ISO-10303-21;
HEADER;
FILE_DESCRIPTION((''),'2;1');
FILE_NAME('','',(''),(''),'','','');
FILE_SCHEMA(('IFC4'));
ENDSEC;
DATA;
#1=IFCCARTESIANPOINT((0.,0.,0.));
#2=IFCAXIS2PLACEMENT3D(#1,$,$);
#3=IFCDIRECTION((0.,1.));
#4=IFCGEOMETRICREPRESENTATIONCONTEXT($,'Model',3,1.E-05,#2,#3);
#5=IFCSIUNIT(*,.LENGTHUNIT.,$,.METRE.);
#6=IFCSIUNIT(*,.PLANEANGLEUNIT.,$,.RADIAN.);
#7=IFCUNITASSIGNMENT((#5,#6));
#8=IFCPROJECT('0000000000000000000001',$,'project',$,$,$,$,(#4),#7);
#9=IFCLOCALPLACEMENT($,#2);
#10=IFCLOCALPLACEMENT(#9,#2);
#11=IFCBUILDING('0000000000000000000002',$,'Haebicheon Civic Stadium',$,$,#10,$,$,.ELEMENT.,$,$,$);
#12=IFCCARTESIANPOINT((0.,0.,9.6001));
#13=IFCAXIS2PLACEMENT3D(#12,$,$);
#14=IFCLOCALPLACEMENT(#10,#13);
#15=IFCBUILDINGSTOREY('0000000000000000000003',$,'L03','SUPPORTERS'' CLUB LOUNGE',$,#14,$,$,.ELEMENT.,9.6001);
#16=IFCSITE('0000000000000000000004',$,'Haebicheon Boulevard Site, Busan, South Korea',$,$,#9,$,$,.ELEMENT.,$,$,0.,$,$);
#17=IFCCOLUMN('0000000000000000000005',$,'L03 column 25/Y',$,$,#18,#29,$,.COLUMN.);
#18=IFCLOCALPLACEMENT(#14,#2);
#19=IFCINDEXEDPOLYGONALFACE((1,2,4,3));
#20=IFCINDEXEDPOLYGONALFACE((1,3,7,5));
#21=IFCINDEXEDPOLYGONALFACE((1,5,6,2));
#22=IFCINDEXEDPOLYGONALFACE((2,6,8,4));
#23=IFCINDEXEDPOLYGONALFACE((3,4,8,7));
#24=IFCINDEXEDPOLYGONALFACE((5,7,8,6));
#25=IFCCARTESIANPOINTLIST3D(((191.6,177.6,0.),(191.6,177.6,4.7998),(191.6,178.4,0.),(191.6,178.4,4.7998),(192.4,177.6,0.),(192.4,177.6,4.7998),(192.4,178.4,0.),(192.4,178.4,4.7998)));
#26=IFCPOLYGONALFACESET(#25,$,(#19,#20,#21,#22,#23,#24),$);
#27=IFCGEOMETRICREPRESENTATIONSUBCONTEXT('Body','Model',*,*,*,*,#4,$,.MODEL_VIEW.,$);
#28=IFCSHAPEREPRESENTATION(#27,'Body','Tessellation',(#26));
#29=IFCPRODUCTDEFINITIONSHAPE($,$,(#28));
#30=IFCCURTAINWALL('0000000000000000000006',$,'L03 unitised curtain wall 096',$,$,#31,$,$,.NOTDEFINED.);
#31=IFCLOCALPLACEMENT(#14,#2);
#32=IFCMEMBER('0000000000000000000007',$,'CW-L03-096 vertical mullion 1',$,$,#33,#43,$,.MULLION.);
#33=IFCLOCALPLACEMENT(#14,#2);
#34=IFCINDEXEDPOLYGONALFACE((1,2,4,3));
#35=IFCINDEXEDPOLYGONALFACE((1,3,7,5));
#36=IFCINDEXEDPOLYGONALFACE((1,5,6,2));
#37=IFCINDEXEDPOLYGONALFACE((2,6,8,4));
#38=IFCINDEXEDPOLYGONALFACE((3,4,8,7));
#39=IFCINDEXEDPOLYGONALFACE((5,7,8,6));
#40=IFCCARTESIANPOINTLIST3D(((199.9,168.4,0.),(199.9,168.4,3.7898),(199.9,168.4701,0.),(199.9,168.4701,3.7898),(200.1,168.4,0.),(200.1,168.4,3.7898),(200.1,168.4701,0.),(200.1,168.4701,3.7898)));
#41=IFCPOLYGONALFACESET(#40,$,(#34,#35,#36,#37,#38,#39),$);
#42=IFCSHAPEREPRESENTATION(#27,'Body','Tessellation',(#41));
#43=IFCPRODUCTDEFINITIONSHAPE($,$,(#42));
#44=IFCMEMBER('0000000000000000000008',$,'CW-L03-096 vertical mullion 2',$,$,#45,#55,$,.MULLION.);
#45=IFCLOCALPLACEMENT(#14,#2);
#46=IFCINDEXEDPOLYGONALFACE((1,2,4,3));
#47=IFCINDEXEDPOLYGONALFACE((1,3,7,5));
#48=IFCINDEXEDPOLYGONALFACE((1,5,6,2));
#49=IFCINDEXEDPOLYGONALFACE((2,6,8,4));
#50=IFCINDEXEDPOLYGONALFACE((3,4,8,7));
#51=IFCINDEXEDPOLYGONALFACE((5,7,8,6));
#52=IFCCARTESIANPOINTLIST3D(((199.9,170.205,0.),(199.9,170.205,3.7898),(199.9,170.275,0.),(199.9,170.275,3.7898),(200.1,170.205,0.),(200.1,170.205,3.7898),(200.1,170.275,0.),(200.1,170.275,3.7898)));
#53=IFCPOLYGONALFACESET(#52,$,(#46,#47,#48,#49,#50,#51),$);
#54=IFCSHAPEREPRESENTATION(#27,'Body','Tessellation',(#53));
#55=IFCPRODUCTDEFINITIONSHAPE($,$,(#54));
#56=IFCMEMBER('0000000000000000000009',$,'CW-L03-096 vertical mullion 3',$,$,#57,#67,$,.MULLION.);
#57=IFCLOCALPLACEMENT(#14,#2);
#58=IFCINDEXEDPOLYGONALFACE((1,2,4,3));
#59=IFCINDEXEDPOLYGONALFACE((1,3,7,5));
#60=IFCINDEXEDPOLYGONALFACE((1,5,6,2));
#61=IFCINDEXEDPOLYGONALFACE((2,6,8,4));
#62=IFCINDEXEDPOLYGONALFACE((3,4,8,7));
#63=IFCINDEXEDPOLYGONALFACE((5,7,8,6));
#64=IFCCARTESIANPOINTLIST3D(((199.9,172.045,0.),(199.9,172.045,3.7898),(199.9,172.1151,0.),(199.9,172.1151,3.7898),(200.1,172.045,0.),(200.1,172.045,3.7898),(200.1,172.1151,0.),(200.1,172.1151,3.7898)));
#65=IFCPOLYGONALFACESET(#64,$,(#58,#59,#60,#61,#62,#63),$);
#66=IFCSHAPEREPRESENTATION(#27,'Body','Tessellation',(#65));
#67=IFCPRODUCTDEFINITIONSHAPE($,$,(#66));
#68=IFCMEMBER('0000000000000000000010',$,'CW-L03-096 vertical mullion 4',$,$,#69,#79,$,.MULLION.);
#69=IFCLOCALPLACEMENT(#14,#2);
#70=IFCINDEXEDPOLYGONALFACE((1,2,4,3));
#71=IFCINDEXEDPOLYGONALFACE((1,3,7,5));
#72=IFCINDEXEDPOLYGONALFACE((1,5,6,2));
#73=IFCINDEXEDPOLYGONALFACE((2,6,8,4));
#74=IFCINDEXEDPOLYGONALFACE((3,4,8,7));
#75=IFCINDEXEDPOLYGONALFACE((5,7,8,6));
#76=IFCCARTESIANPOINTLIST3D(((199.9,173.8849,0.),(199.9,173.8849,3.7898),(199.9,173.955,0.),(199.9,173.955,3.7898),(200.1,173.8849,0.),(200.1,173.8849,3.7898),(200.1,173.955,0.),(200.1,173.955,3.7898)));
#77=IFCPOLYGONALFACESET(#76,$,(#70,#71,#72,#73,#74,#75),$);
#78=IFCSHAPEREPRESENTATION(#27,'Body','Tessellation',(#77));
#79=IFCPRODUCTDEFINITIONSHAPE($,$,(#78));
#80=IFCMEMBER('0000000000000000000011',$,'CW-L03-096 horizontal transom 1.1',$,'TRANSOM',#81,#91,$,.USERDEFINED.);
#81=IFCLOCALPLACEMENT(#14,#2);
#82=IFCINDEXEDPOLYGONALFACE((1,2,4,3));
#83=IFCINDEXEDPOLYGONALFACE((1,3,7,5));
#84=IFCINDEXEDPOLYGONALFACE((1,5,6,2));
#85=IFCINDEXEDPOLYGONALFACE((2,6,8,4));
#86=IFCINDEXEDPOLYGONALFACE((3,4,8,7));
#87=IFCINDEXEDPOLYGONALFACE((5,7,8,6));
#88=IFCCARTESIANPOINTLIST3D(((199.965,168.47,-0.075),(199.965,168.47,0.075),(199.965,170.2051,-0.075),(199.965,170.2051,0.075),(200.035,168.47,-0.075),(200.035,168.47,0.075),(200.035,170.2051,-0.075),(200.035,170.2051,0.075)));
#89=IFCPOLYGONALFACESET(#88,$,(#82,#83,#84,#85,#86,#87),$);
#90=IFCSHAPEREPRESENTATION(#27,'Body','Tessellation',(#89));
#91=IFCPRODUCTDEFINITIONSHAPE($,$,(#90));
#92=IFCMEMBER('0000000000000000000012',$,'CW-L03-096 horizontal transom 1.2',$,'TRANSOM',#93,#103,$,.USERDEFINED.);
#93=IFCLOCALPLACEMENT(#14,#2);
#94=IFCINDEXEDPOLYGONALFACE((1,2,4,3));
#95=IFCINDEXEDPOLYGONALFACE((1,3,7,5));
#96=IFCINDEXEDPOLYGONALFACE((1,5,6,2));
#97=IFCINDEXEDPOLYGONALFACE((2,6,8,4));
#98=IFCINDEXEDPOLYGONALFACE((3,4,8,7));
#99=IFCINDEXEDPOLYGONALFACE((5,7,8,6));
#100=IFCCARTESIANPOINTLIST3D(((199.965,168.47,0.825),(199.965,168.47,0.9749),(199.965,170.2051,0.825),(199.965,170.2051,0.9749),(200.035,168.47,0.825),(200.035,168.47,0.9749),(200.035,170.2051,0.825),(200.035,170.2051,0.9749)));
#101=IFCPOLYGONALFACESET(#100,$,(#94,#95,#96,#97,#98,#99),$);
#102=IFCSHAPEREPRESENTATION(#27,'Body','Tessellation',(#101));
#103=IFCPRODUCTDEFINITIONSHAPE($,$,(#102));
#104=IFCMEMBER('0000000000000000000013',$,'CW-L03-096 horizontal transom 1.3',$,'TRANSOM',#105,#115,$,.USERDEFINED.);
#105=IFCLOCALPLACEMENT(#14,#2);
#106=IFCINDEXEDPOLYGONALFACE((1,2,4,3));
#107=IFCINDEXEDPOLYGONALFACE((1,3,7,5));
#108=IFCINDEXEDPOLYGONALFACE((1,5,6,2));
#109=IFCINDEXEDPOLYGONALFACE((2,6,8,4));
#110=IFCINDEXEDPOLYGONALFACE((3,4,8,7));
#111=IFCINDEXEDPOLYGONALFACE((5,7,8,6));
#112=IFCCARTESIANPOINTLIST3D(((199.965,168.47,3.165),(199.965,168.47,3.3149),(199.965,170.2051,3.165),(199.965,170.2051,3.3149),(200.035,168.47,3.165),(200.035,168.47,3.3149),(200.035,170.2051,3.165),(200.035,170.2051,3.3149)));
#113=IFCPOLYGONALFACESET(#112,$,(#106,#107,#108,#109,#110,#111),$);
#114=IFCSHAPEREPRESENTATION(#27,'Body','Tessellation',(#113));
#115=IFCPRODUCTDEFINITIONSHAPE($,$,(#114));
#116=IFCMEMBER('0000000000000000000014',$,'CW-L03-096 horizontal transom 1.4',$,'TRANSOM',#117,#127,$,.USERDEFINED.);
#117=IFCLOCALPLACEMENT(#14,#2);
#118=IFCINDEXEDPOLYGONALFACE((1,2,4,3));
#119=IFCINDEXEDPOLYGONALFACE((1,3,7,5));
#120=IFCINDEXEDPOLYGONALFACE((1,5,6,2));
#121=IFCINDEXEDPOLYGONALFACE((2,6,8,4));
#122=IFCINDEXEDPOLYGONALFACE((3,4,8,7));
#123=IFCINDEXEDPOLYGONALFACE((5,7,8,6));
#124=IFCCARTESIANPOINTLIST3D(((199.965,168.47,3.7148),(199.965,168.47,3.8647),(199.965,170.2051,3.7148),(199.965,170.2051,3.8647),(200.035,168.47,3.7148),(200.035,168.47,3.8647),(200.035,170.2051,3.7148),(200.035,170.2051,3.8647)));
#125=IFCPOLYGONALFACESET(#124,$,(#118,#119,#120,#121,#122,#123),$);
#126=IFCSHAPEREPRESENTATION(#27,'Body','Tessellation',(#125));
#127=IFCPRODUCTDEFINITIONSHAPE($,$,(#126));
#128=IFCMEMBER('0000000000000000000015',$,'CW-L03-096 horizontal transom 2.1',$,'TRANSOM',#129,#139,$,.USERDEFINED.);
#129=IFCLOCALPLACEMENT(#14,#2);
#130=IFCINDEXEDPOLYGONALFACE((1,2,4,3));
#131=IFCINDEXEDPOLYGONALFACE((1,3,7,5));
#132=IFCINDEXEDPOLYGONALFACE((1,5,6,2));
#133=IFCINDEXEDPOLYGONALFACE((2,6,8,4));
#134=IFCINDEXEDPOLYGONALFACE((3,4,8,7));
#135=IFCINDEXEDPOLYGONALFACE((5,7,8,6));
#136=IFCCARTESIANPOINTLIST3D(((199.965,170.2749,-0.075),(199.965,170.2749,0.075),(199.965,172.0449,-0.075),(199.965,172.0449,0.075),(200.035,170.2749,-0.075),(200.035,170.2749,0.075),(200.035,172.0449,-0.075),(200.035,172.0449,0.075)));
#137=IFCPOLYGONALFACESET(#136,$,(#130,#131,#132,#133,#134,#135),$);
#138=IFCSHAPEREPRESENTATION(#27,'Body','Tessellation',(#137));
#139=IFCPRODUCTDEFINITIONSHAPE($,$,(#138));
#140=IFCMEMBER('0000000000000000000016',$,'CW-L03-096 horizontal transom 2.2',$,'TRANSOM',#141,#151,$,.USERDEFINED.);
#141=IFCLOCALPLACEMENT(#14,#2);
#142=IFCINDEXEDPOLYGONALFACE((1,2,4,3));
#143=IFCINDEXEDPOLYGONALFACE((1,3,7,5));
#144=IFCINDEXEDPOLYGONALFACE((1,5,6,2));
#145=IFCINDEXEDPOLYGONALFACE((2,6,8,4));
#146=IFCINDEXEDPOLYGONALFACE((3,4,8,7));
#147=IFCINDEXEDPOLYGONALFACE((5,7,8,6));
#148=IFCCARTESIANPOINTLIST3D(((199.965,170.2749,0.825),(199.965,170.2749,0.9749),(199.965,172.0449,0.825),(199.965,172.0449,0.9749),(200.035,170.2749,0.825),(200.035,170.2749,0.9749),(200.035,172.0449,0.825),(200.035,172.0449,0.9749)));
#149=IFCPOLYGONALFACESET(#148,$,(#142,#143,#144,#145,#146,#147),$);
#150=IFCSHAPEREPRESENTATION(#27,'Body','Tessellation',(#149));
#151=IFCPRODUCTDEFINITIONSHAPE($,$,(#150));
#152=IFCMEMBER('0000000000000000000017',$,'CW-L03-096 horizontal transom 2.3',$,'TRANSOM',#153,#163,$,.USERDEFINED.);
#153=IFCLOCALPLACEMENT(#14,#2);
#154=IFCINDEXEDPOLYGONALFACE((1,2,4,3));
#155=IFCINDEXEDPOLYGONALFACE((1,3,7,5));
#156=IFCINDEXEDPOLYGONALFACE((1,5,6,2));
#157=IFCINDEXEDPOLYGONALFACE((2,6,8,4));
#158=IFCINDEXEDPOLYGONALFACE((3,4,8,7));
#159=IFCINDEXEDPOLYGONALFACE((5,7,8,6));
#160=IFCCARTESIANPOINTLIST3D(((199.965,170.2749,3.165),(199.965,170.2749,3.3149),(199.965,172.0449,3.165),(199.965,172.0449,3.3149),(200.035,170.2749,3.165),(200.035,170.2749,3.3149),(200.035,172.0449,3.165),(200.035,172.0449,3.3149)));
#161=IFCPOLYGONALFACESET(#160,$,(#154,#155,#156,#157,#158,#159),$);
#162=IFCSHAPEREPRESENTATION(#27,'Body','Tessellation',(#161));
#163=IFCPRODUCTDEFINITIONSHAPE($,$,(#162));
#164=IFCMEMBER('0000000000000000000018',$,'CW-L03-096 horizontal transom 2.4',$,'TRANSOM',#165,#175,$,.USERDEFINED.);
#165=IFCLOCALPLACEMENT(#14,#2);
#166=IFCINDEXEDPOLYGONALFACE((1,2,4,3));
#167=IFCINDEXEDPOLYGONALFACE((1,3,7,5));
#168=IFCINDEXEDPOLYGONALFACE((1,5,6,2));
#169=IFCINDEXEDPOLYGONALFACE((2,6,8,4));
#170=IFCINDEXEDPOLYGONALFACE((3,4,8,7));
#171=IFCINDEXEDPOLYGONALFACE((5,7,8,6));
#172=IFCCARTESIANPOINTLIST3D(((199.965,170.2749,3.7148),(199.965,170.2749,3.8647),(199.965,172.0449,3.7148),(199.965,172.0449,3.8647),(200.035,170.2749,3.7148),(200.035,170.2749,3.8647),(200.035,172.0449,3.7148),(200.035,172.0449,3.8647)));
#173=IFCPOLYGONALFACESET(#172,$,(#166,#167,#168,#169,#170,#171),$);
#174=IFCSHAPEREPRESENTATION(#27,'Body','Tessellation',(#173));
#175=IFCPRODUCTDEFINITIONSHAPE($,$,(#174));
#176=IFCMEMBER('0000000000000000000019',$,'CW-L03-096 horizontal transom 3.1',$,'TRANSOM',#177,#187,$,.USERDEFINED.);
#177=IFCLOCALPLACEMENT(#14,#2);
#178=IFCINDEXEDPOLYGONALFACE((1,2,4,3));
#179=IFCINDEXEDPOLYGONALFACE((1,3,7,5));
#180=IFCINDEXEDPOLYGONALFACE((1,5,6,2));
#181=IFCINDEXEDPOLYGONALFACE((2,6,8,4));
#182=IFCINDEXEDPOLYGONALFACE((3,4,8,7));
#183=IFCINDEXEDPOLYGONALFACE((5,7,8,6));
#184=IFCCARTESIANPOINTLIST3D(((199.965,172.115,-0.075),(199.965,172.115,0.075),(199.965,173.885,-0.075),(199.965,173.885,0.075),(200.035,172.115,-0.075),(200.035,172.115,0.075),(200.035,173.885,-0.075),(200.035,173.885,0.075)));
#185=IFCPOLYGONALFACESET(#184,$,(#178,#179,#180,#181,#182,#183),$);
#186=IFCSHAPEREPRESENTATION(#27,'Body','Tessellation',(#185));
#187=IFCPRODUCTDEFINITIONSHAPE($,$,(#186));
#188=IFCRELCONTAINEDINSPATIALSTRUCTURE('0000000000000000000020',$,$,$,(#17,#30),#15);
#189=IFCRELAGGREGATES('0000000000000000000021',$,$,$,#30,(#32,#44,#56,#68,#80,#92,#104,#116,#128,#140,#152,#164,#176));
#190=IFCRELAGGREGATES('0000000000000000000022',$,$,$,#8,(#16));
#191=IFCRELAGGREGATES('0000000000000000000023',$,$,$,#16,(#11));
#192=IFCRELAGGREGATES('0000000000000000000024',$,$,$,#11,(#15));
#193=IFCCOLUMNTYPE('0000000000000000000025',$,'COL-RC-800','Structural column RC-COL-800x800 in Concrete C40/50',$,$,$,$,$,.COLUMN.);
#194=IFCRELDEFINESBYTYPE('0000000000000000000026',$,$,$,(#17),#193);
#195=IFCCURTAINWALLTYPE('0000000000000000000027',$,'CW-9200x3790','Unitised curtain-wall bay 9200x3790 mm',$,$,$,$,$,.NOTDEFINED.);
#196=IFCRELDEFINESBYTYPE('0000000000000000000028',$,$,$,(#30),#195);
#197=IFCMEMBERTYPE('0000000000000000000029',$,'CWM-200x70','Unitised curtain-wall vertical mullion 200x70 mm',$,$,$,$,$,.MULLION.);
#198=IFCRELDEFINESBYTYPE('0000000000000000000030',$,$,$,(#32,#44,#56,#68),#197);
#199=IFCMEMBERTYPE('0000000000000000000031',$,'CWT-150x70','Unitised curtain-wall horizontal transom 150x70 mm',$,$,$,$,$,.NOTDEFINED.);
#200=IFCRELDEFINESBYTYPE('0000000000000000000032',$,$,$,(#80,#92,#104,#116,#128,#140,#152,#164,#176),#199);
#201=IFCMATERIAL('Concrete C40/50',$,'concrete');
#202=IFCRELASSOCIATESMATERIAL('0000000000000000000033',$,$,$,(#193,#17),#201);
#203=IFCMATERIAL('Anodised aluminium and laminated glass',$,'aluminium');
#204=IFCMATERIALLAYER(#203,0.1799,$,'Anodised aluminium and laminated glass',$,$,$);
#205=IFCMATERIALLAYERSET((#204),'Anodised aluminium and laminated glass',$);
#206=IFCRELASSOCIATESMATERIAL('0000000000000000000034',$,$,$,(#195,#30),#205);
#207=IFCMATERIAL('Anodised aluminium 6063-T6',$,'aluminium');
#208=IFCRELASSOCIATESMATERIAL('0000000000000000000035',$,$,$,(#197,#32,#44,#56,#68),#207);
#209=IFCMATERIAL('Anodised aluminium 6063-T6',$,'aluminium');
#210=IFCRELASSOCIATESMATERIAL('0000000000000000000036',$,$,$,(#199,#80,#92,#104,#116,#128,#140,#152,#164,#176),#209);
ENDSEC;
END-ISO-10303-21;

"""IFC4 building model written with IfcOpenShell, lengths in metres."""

from ifc_helpers import new_model, si_unit, direction, frame, origin, origin_2d, place, context, subcontext, project, spatial, rectangle, extrude, material, layer, layer_set, material_profile, profile_set, type_object, element, aggregate, save


model = new_model("IFC4")

# Units and contexts
model_context = context("Model", 3, precision=1e-05, world=origin(), true_north=direction((0.0, 1.0)))
body_context = subcontext(model_context, "Body", "Model", "MODEL_VIEW")
ifc_project = project(units=[si_unit("LENGTHUNIT", "METRE"), si_unit("PLANEANGLEUNIT", "RADIAN")], contexts=[model_context])

# Site, building, storey
site_placement = place(None, origin())
site = spatial("IfcSite", under=ifc_project, at=site_placement, Name="Haebicheon Boulevard Site, Busan, South Korea", CompositionType="ELEMENT", RefElevation=0.0)
building_placement = place(site_placement, origin())
building = spatial("IfcBuilding", under=site, at=building_placement, Name="Haebicheon Civic Stadium", CompositionType="ELEMENT")
storey_placement = place(building_placement, frame((0.0, 0.0, 9.6001)))
storey = spatial("IfcBuildingStorey", under=building, at=storey_placement, Name="L03", Description="SUPPORTERS' CLUB LOUNGE", CompositionType="ELEMENT", Elevation=9.6001)

# Column
ifc_material_1 = material(Name="Concrete C40/50", Category="concrete")
ifc_material_profile_1 = material_profile(ifc_material_1, rectangle(XDim=0.8, YDim=0.8, at=origin_2d()), Name="RC-COL-800x800")
ifc_profile_set_1 = profile_set([ifc_material_profile_1], Name="Concrete C40/50")
column_type = type_object("IfcColumnType", Name="COL-RC-800", Description="Structural column RC-COL-800x800 in Concrete C40/50", PredefinedType="COLUMN", material=ifc_profile_set_1)
column_placement = place(storey_placement, frame((192.0, 178.0, 0.0), z_axis=(0.0, 0.0, 1.0), x_axis=(1.0, 0.0, 0.0)))
element("IfcColumn", 1, at=column_placement, inside=storey, type_object=column_type, material=ifc_profile_set_1, Name="L03 column 25/Y", PredefinedType="COLUMN", context=body_context, shape_type="SweptSolid", body=[
    extrude(rectangle(XDim=0.8, YDim=0.8, at=origin_2d()), origin(), (0.0, 0.0, 1.0), 4.7998),
])

# Curtain wall, members
ifc_material_2 = material(Name="Anodised aluminium and laminated glass", Category="aluminium")
ifc_layer_1 = layer(ifc_material_2, 0.1799, Name="Anodised aluminium and laminated glass")
ifc_layer_set_1 = layer_set([ifc_layer_1], Name="Anodised aluminium and laminated glass")
curtain_wall_type = type_object("IfcCurtainWallType", Name="CW-9200x3790", Description="Unitised curtain-wall bay 9200x3790 mm", PredefinedType="NOTDEFINED", material=ifc_layer_set_1)
curtain_wall_placement = place(storey_placement, origin())
curtain_wall = element("IfcCurtainWall", 2, at=curtain_wall_placement, inside=storey, type_object=curtain_wall_type, material=ifc_layer_set_1, Name="L03 unitised curtain wall 096", PredefinedType="NOTDEFINED")
ifc_material_3 = material(Name="Anodised aluminium 6063-T6", Category="aluminium")
ifc_material_profile_2 = material_profile(ifc_material_3, rectangle(XDim=0.0701, YDim=0.2, at=origin_2d()), Name="ALU-MULL-70x200")
ifc_profile_set_2 = profile_set([ifc_material_profile_2], Name="Anodised aluminium 6063-T6")
member_type_1 = type_object("IfcMemberType", Name="CWM-200x70", Description="Unitised curtain-wall vertical mullion 200x70 mm", PredefinedType="MULLION", material=ifc_profile_set_2)
member_1_placement = place(storey_placement, frame((200.0, 168.4351, 0.0), z_axis=(0.0, 0.0, 1.0), x_axis=(0.0, 1.0, 0.0)))
member_1 = element("IfcMember", 3, at=member_1_placement, type_object=member_type_1, material=ifc_profile_set_2, Name="CW-L03-096 vertical mullion 1", PredefinedType="MULLION", context=body_context, shape_type="SweptSolid", body=[
    extrude(rectangle(XDim=0.0701, YDim=0.2, at=origin_2d()), origin(), (0.0, 0.0, 1.0), 3.7898),
])
member_2_placement = place(storey_placement, frame((200.0, 170.24, 0.0), z_axis=(0.0, 0.0, 1.0), x_axis=(0.0, 1.0, 0.0)))
member_2 = element("IfcMember", 4, at=member_2_placement, type_object=member_type_1, material=ifc_profile_set_2, Name="CW-L03-096 vertical mullion 2", PredefinedType="MULLION", context=body_context, shape_type="SweptSolid", body=[
    extrude(rectangle(XDim=0.0701, YDim=0.2, at=origin_2d()), origin(), (0.0, 0.0, 1.0), 3.7898),
])
member_3_placement = place(storey_placement, frame((200.0, 172.0801, 0.0), z_axis=(0.0, 0.0, 1.0), x_axis=(0.0, 1.0, 0.0)))
member_3 = element("IfcMember", 5, at=member_3_placement, type_object=member_type_1, material=ifc_profile_set_2, Name="CW-L03-096 vertical mullion 3", PredefinedType="MULLION", context=body_context, shape_type="SweptSolid", body=[
    extrude(rectangle(XDim=0.0701, YDim=0.2, at=origin_2d()), origin(), (0.0, 0.0, 1.0), 3.7898),
])
member_4_placement = place(storey_placement, frame((200.0, 173.9199, 0.0), z_axis=(0.0, 0.0, 1.0), x_axis=(0.0, 1.0, 0.0)))
member_4 = element("IfcMember", 6, at=member_4_placement, type_object=member_type_1, material=ifc_profile_set_2, Name="CW-L03-096 vertical mullion 4", PredefinedType="MULLION", context=body_context, shape_type="SweptSolid", body=[
    extrude(rectangle(XDim=0.0701, YDim=0.2, at=origin_2d()), origin(), (0.0, 0.0, 1.0), 3.7898),
])
ifc_material_4 = material(Name="Anodised aluminium 6063-T6", Category="aluminium")
ifc_material_profile_3 = material_profile(ifc_material_4, rectangle(XDim=0.0701, YDim=0.1499, at=origin_2d()), Name="ALU-TRAN-70x150")
ifc_profile_set_3 = profile_set([ifc_material_profile_3], Name="Anodised aluminium 6063-T6")
member_type_2 = type_object("IfcMemberType", Name="CWT-150x70", Description="Unitised curtain-wall horizontal transom 150x70 mm", PredefinedType="NOTDEFINED", material=ifc_profile_set_3)
member_5_placement = place(storey_placement, frame((200.0, 168.47, 0.0), z_axis=(0.0, 1.0, 0.0), x_axis=(-1.0, 0.0, 0.0)))
member_5 = element("IfcMember", 7, at=member_5_placement, type_object=member_type_2, material=ifc_profile_set_3, Name="CW-L03-096 horizontal transom 1.1", ObjectType="TRANSOM", PredefinedType="USERDEFINED", context=body_context, shape_type="SweptSolid", body=[
    extrude(rectangle(XDim=0.0701, YDim=0.1499, at=origin_2d()), origin(), (0.0, 0.0, 1.0), 1.7351),
])
member_6_placement = place(storey_placement, frame((200.0, 168.47, 0.8999), z_axis=(0.0, 1.0, 0.0), x_axis=(-1.0, 0.0, 0.0)))
member_6 = element("IfcMember", 8, at=member_6_placement, type_object=member_type_2, material=ifc_profile_set_3, Name="CW-L03-096 horizontal transom 1.2", ObjectType="TRANSOM", PredefinedType="USERDEFINED", context=body_context, shape_type="SweptSolid", body=[
    extrude(rectangle(XDim=0.0701, YDim=0.1499, at=origin_2d()), origin(), (0.0, 0.0, 1.0), 1.7351),
])
member_7_placement = place(storey_placement, frame((200.0, 168.47, 3.24), z_axis=(0.0, 1.0, 0.0), x_axis=(-1.0, 0.0, 0.0)))
member_7 = element("IfcMember", 9, at=member_7_placement, type_object=member_type_2, material=ifc_profile_set_3, Name="CW-L03-096 horizontal transom 1.3", ObjectType="TRANSOM", PredefinedType="USERDEFINED", context=body_context, shape_type="SweptSolid", body=[
    extrude(rectangle(XDim=0.0701, YDim=0.1499, at=origin_2d()), origin(), (0.0, 0.0, 1.0), 1.7351),
])
member_8_placement = place(storey_placement, frame((200.0, 168.47, 3.7898), z_axis=(0.0, 1.0, 0.0), x_axis=(-1.0, 0.0, 0.0)))
member_8 = element("IfcMember", 10, at=member_8_placement, type_object=member_type_2, material=ifc_profile_set_3, Name="CW-L03-096 horizontal transom 1.4", ObjectType="TRANSOM", PredefinedType="USERDEFINED", context=body_context, shape_type="SweptSolid", body=[
    extrude(rectangle(XDim=0.0701, YDim=0.1499, at=origin_2d()), origin(), (0.0, 0.0, 1.0), 1.7351),
])
member_9_placement = place(storey_placement, frame((200.0, 170.2749, 0.0), z_axis=(0.0, 1.0, 0.0), x_axis=(-1.0, 0.0, 0.0)))
member_9 = element("IfcMember", 11, at=member_9_placement, type_object=member_type_2, material=ifc_profile_set_3, Name="CW-L03-096 horizontal transom 2.1", ObjectType="TRANSOM", PredefinedType="USERDEFINED", context=body_context, shape_type="SweptSolid", body=[
    extrude(rectangle(XDim=0.0701, YDim=0.1499, at=origin_2d()), origin(), (0.0, 0.0, 1.0), 1.77),
])
member_10_placement = place(storey_placement, frame((200.0, 170.2749, 0.8999), z_axis=(0.0, 1.0, 0.0), x_axis=(-1.0, 0.0, 0.0)))
member_10 = element("IfcMember", 12, at=member_10_placement, type_object=member_type_2, material=ifc_profile_set_3, Name="CW-L03-096 horizontal transom 2.2", ObjectType="TRANSOM", PredefinedType="USERDEFINED", context=body_context, shape_type="SweptSolid", body=[
    extrude(rectangle(XDim=0.0701, YDim=0.1499, at=origin_2d()), origin(), (0.0, 0.0, 1.0), 1.77),
])
member_11_placement = place(storey_placement, frame((200.0, 170.2749, 3.24), z_axis=(0.0, 1.0, 0.0), x_axis=(-1.0, 0.0, 0.0)))
member_11 = element("IfcMember", 13, at=member_11_placement, type_object=member_type_2, material=ifc_profile_set_3, Name="CW-L03-096 horizontal transom 2.3", ObjectType="TRANSOM", PredefinedType="USERDEFINED", context=body_context, shape_type="SweptSolid", body=[
    extrude(rectangle(XDim=0.0701, YDim=0.1499, at=origin_2d()), origin(), (0.0, 0.0, 1.0), 1.77),
])
member_12_placement = place(storey_placement, frame((200.0, 170.2749, 3.7898), z_axis=(0.0, 1.0, 0.0), x_axis=(-1.0, 0.0, 0.0)))
member_12 = element("IfcMember", 14, at=member_12_placement, type_object=member_type_2, material=ifc_profile_set_3, Name="CW-L03-096 horizontal transom 2.4", ObjectType="TRANSOM", PredefinedType="USERDEFINED", context=body_context, shape_type="SweptSolid", body=[
    extrude(rectangle(XDim=0.0701, YDim=0.1499, at=origin_2d()), origin(), (0.0, 0.0, 1.0), 1.77),
])
member_13_placement = place(storey_placement, frame((200.0, 172.115, 0.0), z_axis=(0.0, 1.0, 0.0), x_axis=(-1.0, 0.0, 0.0)))
member_13 = element("IfcMember", 15, at=member_13_placement, type_object=member_type_2, material=ifc_profile_set_3, Name="CW-L03-096 horizontal transom 3.1", ObjectType="TRANSOM", PredefinedType="USERDEFINED", context=body_context, shape_type="SweptSolid", body=[
    extrude(rectangle(XDim=0.0701, YDim=0.1499, at=origin_2d()), origin(), (0.0, 0.0, 1.0), 1.77),
])

aggregate(curtain_wall, [member_1, member_2, member_3, member_4, member_5, member_6, member_7, member_8, member_9, member_10, member_11, member_12, member_13])

save(model, "model.ifc")
